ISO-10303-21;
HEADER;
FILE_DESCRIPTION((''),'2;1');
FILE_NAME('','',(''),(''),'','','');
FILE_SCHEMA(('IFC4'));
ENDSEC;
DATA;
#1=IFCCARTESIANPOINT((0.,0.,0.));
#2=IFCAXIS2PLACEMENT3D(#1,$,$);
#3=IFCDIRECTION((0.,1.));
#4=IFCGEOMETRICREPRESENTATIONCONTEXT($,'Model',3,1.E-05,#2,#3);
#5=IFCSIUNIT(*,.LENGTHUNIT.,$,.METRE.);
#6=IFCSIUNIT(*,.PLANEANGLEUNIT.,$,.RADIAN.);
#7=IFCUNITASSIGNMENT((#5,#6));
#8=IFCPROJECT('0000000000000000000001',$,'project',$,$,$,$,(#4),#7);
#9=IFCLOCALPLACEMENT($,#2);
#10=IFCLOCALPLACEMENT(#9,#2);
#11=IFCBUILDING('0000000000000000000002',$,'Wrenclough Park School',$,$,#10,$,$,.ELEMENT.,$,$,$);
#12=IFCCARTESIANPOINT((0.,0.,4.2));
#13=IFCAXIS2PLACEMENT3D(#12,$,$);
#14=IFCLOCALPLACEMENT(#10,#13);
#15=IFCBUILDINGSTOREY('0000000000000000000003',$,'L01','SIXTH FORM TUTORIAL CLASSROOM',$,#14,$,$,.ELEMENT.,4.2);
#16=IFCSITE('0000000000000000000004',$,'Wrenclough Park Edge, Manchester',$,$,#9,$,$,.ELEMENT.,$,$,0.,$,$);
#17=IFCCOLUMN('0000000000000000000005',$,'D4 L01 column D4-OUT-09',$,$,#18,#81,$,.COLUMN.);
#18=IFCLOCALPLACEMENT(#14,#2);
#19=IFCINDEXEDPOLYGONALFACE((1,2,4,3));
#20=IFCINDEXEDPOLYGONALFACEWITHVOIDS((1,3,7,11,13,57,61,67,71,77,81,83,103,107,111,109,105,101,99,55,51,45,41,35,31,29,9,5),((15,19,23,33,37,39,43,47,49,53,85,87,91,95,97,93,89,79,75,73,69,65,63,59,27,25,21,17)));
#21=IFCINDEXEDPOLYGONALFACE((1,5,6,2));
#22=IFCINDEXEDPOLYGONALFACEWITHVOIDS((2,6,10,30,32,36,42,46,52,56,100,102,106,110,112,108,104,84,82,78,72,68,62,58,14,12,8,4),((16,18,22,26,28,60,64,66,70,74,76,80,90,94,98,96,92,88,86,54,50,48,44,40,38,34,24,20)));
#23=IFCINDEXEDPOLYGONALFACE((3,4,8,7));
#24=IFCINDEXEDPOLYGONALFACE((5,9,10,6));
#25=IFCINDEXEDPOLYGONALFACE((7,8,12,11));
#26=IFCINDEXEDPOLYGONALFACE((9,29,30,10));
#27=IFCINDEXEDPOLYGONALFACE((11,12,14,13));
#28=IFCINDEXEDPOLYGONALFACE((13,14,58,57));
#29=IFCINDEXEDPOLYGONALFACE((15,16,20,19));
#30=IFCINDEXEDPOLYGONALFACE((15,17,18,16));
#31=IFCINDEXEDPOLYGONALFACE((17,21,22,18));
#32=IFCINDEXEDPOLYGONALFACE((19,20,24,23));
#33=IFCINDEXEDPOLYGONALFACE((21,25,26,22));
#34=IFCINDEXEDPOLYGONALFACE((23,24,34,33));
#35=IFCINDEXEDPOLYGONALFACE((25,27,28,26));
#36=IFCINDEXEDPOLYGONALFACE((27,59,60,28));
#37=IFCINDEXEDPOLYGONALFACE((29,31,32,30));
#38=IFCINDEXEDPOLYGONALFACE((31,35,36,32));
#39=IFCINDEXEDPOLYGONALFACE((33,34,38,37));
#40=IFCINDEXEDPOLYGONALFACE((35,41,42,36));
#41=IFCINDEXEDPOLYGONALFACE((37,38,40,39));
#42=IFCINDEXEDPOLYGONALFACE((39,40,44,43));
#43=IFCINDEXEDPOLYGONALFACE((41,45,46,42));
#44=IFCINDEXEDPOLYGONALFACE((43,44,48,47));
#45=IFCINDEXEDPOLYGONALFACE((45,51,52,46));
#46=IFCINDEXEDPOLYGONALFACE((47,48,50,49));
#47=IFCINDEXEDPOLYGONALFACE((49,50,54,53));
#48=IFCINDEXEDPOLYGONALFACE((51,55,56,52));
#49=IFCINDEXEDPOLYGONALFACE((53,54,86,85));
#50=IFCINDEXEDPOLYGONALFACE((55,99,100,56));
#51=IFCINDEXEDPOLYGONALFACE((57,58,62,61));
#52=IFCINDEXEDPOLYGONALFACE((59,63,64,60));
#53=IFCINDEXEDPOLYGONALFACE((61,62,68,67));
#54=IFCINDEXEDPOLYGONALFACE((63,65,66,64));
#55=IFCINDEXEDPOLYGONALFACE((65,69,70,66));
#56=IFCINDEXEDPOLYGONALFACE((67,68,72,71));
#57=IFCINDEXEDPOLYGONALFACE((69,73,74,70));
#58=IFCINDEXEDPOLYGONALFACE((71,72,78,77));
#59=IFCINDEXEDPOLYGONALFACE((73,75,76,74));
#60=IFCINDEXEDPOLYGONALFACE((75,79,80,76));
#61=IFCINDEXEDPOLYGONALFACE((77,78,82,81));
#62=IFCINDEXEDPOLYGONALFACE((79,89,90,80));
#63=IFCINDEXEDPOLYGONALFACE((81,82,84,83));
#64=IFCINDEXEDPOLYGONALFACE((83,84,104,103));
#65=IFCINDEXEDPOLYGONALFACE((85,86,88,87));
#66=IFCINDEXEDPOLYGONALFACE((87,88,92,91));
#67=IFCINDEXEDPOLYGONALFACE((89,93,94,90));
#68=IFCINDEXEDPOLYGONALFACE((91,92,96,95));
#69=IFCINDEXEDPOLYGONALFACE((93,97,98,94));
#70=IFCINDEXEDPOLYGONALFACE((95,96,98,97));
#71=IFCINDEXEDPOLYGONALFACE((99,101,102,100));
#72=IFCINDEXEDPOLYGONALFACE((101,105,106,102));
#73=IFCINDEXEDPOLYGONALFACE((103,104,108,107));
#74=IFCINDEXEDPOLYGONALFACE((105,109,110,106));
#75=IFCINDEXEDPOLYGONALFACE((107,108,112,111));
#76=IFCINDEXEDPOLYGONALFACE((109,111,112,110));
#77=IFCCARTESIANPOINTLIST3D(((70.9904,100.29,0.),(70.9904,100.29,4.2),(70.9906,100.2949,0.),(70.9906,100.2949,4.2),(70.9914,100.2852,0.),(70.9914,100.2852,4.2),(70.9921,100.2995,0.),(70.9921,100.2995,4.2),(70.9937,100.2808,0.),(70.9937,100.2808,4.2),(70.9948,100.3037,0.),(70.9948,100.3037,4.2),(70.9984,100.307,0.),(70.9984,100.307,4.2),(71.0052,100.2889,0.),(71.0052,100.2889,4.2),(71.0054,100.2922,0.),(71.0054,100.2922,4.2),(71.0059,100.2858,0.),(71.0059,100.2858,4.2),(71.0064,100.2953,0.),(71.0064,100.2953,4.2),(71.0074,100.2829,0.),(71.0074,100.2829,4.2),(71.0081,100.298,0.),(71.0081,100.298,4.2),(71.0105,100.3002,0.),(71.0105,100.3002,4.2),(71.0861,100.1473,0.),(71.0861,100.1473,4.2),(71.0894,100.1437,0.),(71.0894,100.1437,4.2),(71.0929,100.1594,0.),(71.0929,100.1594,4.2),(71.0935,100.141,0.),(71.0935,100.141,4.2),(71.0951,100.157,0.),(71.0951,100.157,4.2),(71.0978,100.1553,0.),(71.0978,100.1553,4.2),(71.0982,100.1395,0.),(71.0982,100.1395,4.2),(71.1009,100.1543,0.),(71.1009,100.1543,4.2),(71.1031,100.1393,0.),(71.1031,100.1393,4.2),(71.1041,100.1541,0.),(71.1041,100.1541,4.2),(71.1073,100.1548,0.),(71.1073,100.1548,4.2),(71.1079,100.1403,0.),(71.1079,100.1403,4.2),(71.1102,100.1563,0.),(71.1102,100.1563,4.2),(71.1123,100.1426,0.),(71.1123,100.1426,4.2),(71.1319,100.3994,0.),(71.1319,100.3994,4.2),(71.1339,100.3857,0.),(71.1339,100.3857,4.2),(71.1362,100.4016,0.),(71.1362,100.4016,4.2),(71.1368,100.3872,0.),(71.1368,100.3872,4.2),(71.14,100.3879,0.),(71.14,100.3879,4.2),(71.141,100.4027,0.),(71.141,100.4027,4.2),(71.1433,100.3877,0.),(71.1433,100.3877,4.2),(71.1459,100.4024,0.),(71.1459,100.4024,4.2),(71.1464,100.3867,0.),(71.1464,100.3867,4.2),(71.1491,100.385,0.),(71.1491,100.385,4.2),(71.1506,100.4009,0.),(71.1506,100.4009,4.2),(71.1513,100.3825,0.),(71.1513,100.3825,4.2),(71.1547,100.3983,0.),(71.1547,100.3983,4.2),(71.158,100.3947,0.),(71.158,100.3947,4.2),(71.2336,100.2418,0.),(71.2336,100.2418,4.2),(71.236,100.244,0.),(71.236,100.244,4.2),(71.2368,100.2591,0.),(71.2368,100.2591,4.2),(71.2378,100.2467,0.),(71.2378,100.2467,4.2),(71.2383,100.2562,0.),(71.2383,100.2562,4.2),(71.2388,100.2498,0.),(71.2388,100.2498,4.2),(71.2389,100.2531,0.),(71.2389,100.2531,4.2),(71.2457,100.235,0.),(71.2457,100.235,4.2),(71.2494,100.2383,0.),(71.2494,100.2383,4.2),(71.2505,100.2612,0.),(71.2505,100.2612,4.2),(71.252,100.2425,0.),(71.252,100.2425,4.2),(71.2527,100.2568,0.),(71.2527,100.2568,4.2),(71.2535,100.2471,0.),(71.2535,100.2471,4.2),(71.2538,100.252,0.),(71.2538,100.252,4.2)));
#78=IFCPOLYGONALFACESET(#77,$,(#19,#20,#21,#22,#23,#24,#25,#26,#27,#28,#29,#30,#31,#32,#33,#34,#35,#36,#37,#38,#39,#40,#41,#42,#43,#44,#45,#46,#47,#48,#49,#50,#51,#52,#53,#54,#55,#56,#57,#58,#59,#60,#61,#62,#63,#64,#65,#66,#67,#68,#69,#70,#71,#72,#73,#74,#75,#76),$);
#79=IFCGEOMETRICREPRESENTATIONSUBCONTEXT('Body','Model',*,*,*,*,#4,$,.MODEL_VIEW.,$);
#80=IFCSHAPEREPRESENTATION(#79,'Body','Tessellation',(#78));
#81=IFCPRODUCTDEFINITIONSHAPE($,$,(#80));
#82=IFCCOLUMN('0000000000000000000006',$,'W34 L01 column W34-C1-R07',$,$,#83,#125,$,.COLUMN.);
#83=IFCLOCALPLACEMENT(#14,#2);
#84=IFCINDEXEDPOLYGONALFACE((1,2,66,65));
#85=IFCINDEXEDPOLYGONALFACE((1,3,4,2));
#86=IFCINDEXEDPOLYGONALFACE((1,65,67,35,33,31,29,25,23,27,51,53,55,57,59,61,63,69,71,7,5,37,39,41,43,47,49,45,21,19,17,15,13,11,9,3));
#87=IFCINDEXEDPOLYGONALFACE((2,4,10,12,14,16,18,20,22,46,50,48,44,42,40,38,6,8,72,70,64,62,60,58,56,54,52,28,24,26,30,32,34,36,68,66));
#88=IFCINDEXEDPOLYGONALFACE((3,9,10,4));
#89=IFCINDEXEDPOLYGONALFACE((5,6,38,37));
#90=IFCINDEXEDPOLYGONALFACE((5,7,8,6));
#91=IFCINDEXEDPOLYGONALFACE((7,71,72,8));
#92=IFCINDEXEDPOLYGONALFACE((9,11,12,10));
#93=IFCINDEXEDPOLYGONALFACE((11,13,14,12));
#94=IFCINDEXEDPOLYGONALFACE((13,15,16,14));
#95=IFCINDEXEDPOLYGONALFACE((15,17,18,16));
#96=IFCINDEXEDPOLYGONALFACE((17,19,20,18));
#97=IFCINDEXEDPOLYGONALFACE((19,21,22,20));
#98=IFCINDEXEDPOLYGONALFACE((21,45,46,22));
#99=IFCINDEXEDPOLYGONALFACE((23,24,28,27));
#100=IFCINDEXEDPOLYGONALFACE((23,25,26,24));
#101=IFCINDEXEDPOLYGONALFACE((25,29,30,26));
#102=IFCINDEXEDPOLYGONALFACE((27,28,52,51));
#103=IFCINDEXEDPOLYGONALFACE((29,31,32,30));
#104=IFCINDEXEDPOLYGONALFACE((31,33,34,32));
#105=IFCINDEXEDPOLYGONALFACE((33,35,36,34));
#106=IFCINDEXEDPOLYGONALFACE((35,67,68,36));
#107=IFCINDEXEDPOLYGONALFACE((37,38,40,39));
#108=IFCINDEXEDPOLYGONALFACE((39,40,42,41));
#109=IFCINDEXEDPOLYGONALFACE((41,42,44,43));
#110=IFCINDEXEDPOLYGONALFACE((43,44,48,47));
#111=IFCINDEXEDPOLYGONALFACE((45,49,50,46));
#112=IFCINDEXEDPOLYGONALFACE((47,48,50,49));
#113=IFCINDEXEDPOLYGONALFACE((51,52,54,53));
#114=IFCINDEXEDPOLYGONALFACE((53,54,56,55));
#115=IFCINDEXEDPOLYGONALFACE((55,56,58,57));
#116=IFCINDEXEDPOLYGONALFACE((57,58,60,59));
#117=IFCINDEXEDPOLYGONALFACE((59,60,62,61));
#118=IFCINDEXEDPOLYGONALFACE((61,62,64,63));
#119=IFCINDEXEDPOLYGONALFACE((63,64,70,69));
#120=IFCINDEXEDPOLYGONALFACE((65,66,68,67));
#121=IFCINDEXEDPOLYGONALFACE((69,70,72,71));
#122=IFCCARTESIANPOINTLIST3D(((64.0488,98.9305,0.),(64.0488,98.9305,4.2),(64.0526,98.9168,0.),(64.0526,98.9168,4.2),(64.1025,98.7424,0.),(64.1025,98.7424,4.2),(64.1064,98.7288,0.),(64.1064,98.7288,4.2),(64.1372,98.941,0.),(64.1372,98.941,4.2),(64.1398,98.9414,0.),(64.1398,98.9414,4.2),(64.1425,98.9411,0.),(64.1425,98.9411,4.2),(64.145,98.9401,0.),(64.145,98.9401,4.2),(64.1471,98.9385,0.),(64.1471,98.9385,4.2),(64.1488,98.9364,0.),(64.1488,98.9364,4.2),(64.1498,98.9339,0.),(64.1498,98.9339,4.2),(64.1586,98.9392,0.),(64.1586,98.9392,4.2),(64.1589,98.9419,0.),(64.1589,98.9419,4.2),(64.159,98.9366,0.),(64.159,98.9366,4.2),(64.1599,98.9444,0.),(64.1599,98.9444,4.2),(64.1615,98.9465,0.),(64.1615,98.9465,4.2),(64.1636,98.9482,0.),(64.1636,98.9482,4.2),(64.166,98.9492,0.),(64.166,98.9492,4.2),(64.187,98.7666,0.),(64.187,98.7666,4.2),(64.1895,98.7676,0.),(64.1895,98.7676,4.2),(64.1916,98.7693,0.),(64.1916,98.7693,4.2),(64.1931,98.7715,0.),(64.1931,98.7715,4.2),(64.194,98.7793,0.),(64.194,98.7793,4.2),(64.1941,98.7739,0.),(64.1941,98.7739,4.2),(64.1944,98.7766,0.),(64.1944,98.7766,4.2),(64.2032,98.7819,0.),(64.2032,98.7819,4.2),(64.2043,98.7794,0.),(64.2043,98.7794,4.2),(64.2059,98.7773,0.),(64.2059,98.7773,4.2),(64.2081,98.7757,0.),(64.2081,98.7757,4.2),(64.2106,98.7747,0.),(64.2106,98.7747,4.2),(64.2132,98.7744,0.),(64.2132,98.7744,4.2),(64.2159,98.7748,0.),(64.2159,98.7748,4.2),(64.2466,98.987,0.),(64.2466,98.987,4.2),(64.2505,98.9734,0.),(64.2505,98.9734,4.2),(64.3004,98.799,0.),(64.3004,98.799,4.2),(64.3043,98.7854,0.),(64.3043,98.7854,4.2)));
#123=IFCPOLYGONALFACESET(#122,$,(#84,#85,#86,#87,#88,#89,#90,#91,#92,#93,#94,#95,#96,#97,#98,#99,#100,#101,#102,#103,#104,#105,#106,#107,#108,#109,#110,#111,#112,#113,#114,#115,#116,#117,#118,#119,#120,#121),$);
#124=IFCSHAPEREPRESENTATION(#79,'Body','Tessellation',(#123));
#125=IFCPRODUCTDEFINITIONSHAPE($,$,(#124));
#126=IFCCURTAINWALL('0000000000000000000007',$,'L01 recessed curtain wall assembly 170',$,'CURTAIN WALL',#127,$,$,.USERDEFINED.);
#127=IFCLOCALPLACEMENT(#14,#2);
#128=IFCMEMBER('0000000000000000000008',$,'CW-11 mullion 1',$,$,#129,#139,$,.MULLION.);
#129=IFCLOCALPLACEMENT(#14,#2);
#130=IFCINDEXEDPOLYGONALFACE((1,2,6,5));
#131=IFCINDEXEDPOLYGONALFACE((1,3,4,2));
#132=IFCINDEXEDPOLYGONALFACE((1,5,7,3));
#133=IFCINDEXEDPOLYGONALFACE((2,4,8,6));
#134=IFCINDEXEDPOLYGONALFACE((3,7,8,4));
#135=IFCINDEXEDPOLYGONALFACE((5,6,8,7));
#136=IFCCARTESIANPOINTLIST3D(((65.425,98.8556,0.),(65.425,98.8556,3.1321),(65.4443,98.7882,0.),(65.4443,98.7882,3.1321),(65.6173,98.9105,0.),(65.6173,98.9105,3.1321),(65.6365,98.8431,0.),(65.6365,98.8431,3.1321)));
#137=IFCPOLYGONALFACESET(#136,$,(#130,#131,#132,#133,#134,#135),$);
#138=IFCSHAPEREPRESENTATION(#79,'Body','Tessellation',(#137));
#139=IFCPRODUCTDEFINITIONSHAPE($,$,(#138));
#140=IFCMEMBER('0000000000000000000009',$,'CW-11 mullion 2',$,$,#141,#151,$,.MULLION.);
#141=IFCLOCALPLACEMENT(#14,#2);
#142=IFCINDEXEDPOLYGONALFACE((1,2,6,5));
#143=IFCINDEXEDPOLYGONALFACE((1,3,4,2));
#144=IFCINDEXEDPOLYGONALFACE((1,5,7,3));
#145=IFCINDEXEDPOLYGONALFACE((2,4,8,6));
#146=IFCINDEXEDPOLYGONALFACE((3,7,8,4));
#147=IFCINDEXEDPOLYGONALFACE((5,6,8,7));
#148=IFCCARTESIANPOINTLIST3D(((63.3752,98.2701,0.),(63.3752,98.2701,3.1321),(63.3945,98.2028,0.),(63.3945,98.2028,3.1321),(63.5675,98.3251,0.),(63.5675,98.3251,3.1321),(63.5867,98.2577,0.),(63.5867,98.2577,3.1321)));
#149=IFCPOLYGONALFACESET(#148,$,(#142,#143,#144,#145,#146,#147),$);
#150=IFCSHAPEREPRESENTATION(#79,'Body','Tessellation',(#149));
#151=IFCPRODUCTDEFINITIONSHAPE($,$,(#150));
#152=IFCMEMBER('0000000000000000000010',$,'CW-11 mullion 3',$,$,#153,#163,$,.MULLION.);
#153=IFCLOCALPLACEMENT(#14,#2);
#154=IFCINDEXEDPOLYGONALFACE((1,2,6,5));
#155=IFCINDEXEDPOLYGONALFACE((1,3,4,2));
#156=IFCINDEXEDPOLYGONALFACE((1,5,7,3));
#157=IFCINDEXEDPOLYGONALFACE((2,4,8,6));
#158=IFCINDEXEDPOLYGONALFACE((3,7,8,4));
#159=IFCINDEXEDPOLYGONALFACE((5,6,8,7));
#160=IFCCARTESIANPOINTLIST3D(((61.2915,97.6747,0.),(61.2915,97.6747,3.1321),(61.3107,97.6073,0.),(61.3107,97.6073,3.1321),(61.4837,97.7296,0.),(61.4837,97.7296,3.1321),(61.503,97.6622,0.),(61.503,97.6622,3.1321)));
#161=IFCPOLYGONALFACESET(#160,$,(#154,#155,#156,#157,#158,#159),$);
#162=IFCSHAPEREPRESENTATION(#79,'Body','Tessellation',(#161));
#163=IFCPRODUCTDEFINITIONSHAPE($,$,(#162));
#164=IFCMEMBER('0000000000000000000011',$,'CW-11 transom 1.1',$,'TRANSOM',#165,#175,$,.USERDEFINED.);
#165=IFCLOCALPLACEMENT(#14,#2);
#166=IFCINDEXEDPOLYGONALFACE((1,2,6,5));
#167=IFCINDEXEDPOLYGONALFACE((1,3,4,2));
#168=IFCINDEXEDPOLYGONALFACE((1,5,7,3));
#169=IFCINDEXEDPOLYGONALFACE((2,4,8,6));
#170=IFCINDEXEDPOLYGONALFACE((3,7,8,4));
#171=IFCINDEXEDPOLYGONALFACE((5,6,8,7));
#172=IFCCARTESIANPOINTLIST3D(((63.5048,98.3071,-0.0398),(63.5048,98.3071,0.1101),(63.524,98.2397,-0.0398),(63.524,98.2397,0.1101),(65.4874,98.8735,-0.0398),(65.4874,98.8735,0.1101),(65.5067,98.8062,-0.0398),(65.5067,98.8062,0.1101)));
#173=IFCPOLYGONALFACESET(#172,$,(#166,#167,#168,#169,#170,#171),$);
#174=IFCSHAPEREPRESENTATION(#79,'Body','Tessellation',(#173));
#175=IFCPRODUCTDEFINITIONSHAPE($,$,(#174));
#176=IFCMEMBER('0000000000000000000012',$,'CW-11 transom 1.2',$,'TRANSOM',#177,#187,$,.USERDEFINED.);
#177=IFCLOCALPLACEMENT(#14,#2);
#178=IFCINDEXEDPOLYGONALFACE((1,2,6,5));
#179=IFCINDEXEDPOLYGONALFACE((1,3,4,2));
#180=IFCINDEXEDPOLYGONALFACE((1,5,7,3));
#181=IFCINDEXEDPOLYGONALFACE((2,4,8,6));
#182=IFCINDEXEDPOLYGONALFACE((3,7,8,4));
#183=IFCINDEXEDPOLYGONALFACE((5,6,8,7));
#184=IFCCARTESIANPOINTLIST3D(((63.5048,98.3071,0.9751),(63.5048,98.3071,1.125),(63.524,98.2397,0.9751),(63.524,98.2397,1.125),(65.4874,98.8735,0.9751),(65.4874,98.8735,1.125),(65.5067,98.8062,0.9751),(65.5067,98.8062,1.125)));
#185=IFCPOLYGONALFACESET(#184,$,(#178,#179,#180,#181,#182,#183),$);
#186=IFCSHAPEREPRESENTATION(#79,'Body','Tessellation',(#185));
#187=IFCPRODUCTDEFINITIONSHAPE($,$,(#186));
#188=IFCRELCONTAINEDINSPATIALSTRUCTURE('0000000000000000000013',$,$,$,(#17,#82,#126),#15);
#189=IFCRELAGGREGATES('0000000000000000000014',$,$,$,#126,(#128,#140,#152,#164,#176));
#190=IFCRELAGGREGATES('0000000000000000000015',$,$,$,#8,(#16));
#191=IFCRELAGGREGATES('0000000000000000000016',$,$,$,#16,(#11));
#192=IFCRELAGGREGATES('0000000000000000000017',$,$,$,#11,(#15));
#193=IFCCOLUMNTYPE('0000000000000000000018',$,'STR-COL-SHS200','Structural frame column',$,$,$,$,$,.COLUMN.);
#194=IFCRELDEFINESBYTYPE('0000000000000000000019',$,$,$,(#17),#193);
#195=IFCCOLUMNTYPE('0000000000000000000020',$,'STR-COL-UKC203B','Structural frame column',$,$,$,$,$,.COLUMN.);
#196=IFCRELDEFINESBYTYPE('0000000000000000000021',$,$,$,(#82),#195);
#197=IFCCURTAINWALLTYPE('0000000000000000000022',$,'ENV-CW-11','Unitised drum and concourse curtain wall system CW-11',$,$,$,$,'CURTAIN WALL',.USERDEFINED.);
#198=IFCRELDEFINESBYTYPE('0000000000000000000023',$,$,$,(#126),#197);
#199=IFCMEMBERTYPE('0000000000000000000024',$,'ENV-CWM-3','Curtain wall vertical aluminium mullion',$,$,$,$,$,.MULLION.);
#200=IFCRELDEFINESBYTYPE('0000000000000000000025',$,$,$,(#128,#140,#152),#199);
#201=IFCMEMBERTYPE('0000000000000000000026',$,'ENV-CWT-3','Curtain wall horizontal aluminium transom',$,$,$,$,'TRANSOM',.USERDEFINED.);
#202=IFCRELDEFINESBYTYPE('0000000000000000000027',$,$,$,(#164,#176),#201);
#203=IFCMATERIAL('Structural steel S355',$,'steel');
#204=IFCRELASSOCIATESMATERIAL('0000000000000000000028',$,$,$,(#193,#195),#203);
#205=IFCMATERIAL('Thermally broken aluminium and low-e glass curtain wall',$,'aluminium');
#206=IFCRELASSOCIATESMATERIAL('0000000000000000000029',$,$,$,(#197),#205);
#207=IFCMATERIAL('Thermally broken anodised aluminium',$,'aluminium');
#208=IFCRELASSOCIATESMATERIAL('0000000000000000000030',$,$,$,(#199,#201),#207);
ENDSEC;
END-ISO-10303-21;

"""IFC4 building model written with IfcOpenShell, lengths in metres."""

from ifc_helpers import new_model, si_unit, direction, frame, origin, origin_2d, place, context, subcontext, project, spatial, rectangle, hollow_rectangle, i_section, extrude, material, material_profile, profile_set, type_object, element, aggregate, save


model = new_model("IFC4")

# Units and contexts
model_context = context("Model", 3, precision=1e-05, world=origin(), true_north=direction((0.0, 1.0)))
body_context = subcontext(model_context, "Body", "Model", "MODEL_VIEW")
ifc_project = project(units=[si_unit("LENGTHUNIT", "METRE"), si_unit("PLANEANGLEUNIT", "RADIAN")], contexts=[model_context])

# Site, building, storey
site_placement = place(None, origin())
site = spatial("IfcSite", under=ifc_project, at=site_placement, Name="Wrenclough Park Edge, Manchester", CompositionType="ELEMENT", RefElevation=0.0)
building_placement = place(site_placement, origin())
building = spatial("IfcBuilding", under=site, at=building_placement, Name="Wrenclough Park School", CompositionType="ELEMENT")
storey_placement = place(building_placement, frame((0.0, 0.0, 4.2)))
storey = spatial("IfcBuildingStorey", under=building, at=storey_placement, Name="L01", Description="SIXTH FORM TUTORIAL CLASSROOM", CompositionType="ELEMENT", Elevation=4.2)

# Columns
ifc_material_1 = material(Name="Structural steel S355", Category="steel")
ifc_material_profile_1 = material_profile(ifc_material_1, hollow_rectangle(XDim=0.2, YDim=0.2, WallThickness=0.0125, InnerFilletRadius=0.0125, OuterFilletRadius=0.0188, at=origin_2d()), Name="SHS 200x200x12.5")
ifc_profile_set_1 = profile_set([ifc_material_profile_1], Name="Structural steel S355")
column_type_1 = type_object("IfcColumnType", Name="STR-COL-SHS200", Description="Structural frame column", PredefinedType="COLUMN", material=ifc_profile_set_1)
column_1_placement = place(storey_placement, frame((71.1221, 100.271, 0.0), z_axis=(0.0, 0.0, 1.0), x_axis=(0.569423, -0.822045, 0.0)))
element("IfcColumn", 1, at=column_1_placement, inside=storey, type_object=column_type_1, Name="D4 L01 column D4-OUT-09", PredefinedType="COLUMN", context=body_context, shape_type="SweptSolid", body=[
    extrude(hollow_rectangle(XDim=0.2, YDim=0.2, WallThickness=0.0125, InnerFilletRadius=0.0125, OuterFilletRadius=0.0188, at=origin_2d()), origin(), (0.0, 0.0, 1.0), 4.2),
])
ifc_material_profile_2 = material_profile(ifc_material_1, i_section(OverallWidth=0.2058, OverallDepth=0.2097, WebThickness=0.0095, FlangeThickness=0.0142, FilletRadius=0.0103, at=origin_2d()), Name="UKC 203x203x60")
ifc_profile_set_2 = profile_set([ifc_material_profile_2], Name="Structural steel S355")
column_type_2 = type_object("IfcColumnType", Name="STR-COL-UKC203B", Description="Structural frame column", PredefinedType="COLUMN", material=ifc_profile_set_2)
column_2_placement = place(storey_placement, frame((64.1765, 98.8579, 0.0), z_axis=(0.0, 0.0, 1.0), x_axis=(0.961502, 0.274798, 0.0)))
element("IfcColumn", 2, at=column_2_placement, inside=storey, type_object=column_type_2, Name="W34 L01 column W34-C1-R07", PredefinedType="COLUMN", context=body_context, shape_type="SweptSolid", body=[
    extrude(i_section(OverallWidth=0.2058, OverallDepth=0.2097, WebThickness=0.0095, FlangeThickness=0.0142, FilletRadius=0.0103, at=origin_2d()), origin(), (0.0, 0.0, 1.0), 4.2),
])

# Curtain wall, members
ifc_material_2 = material(Name="Thermally broken aluminium and low-e glass curtain wall", Category="aluminium")
curtain_wall_type = type_object("IfcCurtainWallType", Name="ENV-CW-11", Description="Unitised drum and concourse curtain wall system CW-11", ElementType="CURTAIN WALL", PredefinedType="USERDEFINED", material=ifc_material_2)
curtain_wall_placement = place(storey_placement, origin())
curtain_wall = element("IfcCurtainWall", 3, at=curtain_wall_placement, inside=storey, type_object=curtain_wall_type, Name="L01 recessed curtain wall assembly 170", ObjectType="CURTAIN WALL", PredefinedType="USERDEFINED")
ifc_material_3 = material(Name="Thermally broken anodised aluminium", Category="aluminium")
ifc_material_profile_3 = material_profile(ifc_material_3, rectangle(XDim=0.0701, YDim=0.2, at=origin_2d()), Name="AL MULLION 70x200")
ifc_profile_set_3 = profile_set([ifc_material_profile_3], Name="Thermally broken anodised aluminium")
member_type_1 = type_object("IfcMemberType", Name="ENV-CWM-3", Description="Curtain wall vertical aluminium mullion", PredefinedType="MULLION", material=ifc_profile_set_3)
member_1_placement = place(storey_placement, frame((65.5308, 98.8494, 0.0), z_axis=(0.0, 0.0, 1.0), x_axis=(0.274709, -0.961527, 0.0)))
member_1 = element("IfcMember", 4, at=member_1_placement, type_object=member_type_1, Name="CW-11 mullion 1", PredefinedType="MULLION", context=body_context, shape_type="SweptSolid", body=[
    extrude(rectangle(XDim=0.0701, YDim=0.2, at=origin_2d()), origin(), (0.0, 0.0, 1.0), 3.1321),
])
member_2_placement = place(storey_placement, frame((63.481, 98.2639, 0.0), z_axis=(0.0, 0.0, 1.0), x_axis=(0.274709, -0.961527, 0.0)))
member_2 = element("IfcMember", 5, at=member_2_placement, type_object=member_type_1, Name="CW-11 mullion 2", PredefinedType="MULLION", context=body_context, shape_type="SweptSolid", body=[
    extrude(rectangle(XDim=0.0701, YDim=0.2, at=origin_2d()), origin(), (0.0, 0.0, 1.0), 3.1321),
])
member_3_placement = place(storey_placement, frame((61.3972, 97.6685, 0.0), z_axis=(0.0, 0.0, 1.0), x_axis=(0.274709, -0.961527, 0.0)))
member_3 = element("IfcMember", 6, at=member_3_placement, type_object=member_type_1, Name="CW-11 mullion 3", PredefinedType="MULLION", context=body_context, shape_type="SweptSolid", body=[
    extrude(rectangle(XDim=0.0701, YDim=0.2, at=origin_2d()), origin(), (0.0, 0.0, 1.0), 3.1321),
])
ifc_material_profile_4 = material_profile(ifc_material_3, rectangle(XDim=0.0701, YDim=0.1499, at=origin_2d()), Name="AL TRANSOM 70x150")
ifc_profile_set_4 = profile_set([ifc_material_profile_4], Name="Thermally broken anodised aluminium")
member_type_2 = type_object("IfcMemberType", Name="ENV-CWT-3", Description="Curtain wall horizontal aluminium transom", ElementType="TRANSOM", PredefinedType="USERDEFINED", material=ifc_profile_set_4)
member_4_placement = place(storey_placement, frame((65.4971, 98.8398, 0.0352), z_axis=(-0.961533, -0.27469, 0.0), x_axis=(0.27469, -0.961533, 0.0)))
member_4 = element("IfcMember", 7, at=member_4_placement, type_object=member_type_2, Name="CW-11 transom 1.1", ObjectType="TRANSOM", PredefinedType="USERDEFINED", context=body_context, shape_type="SweptSolid", body=[
    extrude(rectangle(XDim=0.0701, YDim=0.1499, at=origin_2d()), origin(), (0.0, 0.0, 1.0), 2.062),
])
member_5_placement = place(storey_placement, frame((65.4971, 98.8398, 1.05), z_axis=(-0.961533, -0.27469, 0.0), x_axis=(0.27469, -0.961533, 0.0)))
member_5 = element("IfcMember", 8, at=member_5_placement, type_object=member_type_2, Name="CW-11 transom 1.2", ObjectType="TRANSOM", PredefinedType="USERDEFINED", context=body_context, shape_type="SweptSolid", body=[
    extrude(rectangle(XDim=0.0701, YDim=0.1499, at=origin_2d()), origin(), (0.0, 0.0, 1.0), 2.062),
])

aggregate(curtain_wall, [member_1, member_2, member_3, member_4, member_5])

save(model, "model.ifc")
